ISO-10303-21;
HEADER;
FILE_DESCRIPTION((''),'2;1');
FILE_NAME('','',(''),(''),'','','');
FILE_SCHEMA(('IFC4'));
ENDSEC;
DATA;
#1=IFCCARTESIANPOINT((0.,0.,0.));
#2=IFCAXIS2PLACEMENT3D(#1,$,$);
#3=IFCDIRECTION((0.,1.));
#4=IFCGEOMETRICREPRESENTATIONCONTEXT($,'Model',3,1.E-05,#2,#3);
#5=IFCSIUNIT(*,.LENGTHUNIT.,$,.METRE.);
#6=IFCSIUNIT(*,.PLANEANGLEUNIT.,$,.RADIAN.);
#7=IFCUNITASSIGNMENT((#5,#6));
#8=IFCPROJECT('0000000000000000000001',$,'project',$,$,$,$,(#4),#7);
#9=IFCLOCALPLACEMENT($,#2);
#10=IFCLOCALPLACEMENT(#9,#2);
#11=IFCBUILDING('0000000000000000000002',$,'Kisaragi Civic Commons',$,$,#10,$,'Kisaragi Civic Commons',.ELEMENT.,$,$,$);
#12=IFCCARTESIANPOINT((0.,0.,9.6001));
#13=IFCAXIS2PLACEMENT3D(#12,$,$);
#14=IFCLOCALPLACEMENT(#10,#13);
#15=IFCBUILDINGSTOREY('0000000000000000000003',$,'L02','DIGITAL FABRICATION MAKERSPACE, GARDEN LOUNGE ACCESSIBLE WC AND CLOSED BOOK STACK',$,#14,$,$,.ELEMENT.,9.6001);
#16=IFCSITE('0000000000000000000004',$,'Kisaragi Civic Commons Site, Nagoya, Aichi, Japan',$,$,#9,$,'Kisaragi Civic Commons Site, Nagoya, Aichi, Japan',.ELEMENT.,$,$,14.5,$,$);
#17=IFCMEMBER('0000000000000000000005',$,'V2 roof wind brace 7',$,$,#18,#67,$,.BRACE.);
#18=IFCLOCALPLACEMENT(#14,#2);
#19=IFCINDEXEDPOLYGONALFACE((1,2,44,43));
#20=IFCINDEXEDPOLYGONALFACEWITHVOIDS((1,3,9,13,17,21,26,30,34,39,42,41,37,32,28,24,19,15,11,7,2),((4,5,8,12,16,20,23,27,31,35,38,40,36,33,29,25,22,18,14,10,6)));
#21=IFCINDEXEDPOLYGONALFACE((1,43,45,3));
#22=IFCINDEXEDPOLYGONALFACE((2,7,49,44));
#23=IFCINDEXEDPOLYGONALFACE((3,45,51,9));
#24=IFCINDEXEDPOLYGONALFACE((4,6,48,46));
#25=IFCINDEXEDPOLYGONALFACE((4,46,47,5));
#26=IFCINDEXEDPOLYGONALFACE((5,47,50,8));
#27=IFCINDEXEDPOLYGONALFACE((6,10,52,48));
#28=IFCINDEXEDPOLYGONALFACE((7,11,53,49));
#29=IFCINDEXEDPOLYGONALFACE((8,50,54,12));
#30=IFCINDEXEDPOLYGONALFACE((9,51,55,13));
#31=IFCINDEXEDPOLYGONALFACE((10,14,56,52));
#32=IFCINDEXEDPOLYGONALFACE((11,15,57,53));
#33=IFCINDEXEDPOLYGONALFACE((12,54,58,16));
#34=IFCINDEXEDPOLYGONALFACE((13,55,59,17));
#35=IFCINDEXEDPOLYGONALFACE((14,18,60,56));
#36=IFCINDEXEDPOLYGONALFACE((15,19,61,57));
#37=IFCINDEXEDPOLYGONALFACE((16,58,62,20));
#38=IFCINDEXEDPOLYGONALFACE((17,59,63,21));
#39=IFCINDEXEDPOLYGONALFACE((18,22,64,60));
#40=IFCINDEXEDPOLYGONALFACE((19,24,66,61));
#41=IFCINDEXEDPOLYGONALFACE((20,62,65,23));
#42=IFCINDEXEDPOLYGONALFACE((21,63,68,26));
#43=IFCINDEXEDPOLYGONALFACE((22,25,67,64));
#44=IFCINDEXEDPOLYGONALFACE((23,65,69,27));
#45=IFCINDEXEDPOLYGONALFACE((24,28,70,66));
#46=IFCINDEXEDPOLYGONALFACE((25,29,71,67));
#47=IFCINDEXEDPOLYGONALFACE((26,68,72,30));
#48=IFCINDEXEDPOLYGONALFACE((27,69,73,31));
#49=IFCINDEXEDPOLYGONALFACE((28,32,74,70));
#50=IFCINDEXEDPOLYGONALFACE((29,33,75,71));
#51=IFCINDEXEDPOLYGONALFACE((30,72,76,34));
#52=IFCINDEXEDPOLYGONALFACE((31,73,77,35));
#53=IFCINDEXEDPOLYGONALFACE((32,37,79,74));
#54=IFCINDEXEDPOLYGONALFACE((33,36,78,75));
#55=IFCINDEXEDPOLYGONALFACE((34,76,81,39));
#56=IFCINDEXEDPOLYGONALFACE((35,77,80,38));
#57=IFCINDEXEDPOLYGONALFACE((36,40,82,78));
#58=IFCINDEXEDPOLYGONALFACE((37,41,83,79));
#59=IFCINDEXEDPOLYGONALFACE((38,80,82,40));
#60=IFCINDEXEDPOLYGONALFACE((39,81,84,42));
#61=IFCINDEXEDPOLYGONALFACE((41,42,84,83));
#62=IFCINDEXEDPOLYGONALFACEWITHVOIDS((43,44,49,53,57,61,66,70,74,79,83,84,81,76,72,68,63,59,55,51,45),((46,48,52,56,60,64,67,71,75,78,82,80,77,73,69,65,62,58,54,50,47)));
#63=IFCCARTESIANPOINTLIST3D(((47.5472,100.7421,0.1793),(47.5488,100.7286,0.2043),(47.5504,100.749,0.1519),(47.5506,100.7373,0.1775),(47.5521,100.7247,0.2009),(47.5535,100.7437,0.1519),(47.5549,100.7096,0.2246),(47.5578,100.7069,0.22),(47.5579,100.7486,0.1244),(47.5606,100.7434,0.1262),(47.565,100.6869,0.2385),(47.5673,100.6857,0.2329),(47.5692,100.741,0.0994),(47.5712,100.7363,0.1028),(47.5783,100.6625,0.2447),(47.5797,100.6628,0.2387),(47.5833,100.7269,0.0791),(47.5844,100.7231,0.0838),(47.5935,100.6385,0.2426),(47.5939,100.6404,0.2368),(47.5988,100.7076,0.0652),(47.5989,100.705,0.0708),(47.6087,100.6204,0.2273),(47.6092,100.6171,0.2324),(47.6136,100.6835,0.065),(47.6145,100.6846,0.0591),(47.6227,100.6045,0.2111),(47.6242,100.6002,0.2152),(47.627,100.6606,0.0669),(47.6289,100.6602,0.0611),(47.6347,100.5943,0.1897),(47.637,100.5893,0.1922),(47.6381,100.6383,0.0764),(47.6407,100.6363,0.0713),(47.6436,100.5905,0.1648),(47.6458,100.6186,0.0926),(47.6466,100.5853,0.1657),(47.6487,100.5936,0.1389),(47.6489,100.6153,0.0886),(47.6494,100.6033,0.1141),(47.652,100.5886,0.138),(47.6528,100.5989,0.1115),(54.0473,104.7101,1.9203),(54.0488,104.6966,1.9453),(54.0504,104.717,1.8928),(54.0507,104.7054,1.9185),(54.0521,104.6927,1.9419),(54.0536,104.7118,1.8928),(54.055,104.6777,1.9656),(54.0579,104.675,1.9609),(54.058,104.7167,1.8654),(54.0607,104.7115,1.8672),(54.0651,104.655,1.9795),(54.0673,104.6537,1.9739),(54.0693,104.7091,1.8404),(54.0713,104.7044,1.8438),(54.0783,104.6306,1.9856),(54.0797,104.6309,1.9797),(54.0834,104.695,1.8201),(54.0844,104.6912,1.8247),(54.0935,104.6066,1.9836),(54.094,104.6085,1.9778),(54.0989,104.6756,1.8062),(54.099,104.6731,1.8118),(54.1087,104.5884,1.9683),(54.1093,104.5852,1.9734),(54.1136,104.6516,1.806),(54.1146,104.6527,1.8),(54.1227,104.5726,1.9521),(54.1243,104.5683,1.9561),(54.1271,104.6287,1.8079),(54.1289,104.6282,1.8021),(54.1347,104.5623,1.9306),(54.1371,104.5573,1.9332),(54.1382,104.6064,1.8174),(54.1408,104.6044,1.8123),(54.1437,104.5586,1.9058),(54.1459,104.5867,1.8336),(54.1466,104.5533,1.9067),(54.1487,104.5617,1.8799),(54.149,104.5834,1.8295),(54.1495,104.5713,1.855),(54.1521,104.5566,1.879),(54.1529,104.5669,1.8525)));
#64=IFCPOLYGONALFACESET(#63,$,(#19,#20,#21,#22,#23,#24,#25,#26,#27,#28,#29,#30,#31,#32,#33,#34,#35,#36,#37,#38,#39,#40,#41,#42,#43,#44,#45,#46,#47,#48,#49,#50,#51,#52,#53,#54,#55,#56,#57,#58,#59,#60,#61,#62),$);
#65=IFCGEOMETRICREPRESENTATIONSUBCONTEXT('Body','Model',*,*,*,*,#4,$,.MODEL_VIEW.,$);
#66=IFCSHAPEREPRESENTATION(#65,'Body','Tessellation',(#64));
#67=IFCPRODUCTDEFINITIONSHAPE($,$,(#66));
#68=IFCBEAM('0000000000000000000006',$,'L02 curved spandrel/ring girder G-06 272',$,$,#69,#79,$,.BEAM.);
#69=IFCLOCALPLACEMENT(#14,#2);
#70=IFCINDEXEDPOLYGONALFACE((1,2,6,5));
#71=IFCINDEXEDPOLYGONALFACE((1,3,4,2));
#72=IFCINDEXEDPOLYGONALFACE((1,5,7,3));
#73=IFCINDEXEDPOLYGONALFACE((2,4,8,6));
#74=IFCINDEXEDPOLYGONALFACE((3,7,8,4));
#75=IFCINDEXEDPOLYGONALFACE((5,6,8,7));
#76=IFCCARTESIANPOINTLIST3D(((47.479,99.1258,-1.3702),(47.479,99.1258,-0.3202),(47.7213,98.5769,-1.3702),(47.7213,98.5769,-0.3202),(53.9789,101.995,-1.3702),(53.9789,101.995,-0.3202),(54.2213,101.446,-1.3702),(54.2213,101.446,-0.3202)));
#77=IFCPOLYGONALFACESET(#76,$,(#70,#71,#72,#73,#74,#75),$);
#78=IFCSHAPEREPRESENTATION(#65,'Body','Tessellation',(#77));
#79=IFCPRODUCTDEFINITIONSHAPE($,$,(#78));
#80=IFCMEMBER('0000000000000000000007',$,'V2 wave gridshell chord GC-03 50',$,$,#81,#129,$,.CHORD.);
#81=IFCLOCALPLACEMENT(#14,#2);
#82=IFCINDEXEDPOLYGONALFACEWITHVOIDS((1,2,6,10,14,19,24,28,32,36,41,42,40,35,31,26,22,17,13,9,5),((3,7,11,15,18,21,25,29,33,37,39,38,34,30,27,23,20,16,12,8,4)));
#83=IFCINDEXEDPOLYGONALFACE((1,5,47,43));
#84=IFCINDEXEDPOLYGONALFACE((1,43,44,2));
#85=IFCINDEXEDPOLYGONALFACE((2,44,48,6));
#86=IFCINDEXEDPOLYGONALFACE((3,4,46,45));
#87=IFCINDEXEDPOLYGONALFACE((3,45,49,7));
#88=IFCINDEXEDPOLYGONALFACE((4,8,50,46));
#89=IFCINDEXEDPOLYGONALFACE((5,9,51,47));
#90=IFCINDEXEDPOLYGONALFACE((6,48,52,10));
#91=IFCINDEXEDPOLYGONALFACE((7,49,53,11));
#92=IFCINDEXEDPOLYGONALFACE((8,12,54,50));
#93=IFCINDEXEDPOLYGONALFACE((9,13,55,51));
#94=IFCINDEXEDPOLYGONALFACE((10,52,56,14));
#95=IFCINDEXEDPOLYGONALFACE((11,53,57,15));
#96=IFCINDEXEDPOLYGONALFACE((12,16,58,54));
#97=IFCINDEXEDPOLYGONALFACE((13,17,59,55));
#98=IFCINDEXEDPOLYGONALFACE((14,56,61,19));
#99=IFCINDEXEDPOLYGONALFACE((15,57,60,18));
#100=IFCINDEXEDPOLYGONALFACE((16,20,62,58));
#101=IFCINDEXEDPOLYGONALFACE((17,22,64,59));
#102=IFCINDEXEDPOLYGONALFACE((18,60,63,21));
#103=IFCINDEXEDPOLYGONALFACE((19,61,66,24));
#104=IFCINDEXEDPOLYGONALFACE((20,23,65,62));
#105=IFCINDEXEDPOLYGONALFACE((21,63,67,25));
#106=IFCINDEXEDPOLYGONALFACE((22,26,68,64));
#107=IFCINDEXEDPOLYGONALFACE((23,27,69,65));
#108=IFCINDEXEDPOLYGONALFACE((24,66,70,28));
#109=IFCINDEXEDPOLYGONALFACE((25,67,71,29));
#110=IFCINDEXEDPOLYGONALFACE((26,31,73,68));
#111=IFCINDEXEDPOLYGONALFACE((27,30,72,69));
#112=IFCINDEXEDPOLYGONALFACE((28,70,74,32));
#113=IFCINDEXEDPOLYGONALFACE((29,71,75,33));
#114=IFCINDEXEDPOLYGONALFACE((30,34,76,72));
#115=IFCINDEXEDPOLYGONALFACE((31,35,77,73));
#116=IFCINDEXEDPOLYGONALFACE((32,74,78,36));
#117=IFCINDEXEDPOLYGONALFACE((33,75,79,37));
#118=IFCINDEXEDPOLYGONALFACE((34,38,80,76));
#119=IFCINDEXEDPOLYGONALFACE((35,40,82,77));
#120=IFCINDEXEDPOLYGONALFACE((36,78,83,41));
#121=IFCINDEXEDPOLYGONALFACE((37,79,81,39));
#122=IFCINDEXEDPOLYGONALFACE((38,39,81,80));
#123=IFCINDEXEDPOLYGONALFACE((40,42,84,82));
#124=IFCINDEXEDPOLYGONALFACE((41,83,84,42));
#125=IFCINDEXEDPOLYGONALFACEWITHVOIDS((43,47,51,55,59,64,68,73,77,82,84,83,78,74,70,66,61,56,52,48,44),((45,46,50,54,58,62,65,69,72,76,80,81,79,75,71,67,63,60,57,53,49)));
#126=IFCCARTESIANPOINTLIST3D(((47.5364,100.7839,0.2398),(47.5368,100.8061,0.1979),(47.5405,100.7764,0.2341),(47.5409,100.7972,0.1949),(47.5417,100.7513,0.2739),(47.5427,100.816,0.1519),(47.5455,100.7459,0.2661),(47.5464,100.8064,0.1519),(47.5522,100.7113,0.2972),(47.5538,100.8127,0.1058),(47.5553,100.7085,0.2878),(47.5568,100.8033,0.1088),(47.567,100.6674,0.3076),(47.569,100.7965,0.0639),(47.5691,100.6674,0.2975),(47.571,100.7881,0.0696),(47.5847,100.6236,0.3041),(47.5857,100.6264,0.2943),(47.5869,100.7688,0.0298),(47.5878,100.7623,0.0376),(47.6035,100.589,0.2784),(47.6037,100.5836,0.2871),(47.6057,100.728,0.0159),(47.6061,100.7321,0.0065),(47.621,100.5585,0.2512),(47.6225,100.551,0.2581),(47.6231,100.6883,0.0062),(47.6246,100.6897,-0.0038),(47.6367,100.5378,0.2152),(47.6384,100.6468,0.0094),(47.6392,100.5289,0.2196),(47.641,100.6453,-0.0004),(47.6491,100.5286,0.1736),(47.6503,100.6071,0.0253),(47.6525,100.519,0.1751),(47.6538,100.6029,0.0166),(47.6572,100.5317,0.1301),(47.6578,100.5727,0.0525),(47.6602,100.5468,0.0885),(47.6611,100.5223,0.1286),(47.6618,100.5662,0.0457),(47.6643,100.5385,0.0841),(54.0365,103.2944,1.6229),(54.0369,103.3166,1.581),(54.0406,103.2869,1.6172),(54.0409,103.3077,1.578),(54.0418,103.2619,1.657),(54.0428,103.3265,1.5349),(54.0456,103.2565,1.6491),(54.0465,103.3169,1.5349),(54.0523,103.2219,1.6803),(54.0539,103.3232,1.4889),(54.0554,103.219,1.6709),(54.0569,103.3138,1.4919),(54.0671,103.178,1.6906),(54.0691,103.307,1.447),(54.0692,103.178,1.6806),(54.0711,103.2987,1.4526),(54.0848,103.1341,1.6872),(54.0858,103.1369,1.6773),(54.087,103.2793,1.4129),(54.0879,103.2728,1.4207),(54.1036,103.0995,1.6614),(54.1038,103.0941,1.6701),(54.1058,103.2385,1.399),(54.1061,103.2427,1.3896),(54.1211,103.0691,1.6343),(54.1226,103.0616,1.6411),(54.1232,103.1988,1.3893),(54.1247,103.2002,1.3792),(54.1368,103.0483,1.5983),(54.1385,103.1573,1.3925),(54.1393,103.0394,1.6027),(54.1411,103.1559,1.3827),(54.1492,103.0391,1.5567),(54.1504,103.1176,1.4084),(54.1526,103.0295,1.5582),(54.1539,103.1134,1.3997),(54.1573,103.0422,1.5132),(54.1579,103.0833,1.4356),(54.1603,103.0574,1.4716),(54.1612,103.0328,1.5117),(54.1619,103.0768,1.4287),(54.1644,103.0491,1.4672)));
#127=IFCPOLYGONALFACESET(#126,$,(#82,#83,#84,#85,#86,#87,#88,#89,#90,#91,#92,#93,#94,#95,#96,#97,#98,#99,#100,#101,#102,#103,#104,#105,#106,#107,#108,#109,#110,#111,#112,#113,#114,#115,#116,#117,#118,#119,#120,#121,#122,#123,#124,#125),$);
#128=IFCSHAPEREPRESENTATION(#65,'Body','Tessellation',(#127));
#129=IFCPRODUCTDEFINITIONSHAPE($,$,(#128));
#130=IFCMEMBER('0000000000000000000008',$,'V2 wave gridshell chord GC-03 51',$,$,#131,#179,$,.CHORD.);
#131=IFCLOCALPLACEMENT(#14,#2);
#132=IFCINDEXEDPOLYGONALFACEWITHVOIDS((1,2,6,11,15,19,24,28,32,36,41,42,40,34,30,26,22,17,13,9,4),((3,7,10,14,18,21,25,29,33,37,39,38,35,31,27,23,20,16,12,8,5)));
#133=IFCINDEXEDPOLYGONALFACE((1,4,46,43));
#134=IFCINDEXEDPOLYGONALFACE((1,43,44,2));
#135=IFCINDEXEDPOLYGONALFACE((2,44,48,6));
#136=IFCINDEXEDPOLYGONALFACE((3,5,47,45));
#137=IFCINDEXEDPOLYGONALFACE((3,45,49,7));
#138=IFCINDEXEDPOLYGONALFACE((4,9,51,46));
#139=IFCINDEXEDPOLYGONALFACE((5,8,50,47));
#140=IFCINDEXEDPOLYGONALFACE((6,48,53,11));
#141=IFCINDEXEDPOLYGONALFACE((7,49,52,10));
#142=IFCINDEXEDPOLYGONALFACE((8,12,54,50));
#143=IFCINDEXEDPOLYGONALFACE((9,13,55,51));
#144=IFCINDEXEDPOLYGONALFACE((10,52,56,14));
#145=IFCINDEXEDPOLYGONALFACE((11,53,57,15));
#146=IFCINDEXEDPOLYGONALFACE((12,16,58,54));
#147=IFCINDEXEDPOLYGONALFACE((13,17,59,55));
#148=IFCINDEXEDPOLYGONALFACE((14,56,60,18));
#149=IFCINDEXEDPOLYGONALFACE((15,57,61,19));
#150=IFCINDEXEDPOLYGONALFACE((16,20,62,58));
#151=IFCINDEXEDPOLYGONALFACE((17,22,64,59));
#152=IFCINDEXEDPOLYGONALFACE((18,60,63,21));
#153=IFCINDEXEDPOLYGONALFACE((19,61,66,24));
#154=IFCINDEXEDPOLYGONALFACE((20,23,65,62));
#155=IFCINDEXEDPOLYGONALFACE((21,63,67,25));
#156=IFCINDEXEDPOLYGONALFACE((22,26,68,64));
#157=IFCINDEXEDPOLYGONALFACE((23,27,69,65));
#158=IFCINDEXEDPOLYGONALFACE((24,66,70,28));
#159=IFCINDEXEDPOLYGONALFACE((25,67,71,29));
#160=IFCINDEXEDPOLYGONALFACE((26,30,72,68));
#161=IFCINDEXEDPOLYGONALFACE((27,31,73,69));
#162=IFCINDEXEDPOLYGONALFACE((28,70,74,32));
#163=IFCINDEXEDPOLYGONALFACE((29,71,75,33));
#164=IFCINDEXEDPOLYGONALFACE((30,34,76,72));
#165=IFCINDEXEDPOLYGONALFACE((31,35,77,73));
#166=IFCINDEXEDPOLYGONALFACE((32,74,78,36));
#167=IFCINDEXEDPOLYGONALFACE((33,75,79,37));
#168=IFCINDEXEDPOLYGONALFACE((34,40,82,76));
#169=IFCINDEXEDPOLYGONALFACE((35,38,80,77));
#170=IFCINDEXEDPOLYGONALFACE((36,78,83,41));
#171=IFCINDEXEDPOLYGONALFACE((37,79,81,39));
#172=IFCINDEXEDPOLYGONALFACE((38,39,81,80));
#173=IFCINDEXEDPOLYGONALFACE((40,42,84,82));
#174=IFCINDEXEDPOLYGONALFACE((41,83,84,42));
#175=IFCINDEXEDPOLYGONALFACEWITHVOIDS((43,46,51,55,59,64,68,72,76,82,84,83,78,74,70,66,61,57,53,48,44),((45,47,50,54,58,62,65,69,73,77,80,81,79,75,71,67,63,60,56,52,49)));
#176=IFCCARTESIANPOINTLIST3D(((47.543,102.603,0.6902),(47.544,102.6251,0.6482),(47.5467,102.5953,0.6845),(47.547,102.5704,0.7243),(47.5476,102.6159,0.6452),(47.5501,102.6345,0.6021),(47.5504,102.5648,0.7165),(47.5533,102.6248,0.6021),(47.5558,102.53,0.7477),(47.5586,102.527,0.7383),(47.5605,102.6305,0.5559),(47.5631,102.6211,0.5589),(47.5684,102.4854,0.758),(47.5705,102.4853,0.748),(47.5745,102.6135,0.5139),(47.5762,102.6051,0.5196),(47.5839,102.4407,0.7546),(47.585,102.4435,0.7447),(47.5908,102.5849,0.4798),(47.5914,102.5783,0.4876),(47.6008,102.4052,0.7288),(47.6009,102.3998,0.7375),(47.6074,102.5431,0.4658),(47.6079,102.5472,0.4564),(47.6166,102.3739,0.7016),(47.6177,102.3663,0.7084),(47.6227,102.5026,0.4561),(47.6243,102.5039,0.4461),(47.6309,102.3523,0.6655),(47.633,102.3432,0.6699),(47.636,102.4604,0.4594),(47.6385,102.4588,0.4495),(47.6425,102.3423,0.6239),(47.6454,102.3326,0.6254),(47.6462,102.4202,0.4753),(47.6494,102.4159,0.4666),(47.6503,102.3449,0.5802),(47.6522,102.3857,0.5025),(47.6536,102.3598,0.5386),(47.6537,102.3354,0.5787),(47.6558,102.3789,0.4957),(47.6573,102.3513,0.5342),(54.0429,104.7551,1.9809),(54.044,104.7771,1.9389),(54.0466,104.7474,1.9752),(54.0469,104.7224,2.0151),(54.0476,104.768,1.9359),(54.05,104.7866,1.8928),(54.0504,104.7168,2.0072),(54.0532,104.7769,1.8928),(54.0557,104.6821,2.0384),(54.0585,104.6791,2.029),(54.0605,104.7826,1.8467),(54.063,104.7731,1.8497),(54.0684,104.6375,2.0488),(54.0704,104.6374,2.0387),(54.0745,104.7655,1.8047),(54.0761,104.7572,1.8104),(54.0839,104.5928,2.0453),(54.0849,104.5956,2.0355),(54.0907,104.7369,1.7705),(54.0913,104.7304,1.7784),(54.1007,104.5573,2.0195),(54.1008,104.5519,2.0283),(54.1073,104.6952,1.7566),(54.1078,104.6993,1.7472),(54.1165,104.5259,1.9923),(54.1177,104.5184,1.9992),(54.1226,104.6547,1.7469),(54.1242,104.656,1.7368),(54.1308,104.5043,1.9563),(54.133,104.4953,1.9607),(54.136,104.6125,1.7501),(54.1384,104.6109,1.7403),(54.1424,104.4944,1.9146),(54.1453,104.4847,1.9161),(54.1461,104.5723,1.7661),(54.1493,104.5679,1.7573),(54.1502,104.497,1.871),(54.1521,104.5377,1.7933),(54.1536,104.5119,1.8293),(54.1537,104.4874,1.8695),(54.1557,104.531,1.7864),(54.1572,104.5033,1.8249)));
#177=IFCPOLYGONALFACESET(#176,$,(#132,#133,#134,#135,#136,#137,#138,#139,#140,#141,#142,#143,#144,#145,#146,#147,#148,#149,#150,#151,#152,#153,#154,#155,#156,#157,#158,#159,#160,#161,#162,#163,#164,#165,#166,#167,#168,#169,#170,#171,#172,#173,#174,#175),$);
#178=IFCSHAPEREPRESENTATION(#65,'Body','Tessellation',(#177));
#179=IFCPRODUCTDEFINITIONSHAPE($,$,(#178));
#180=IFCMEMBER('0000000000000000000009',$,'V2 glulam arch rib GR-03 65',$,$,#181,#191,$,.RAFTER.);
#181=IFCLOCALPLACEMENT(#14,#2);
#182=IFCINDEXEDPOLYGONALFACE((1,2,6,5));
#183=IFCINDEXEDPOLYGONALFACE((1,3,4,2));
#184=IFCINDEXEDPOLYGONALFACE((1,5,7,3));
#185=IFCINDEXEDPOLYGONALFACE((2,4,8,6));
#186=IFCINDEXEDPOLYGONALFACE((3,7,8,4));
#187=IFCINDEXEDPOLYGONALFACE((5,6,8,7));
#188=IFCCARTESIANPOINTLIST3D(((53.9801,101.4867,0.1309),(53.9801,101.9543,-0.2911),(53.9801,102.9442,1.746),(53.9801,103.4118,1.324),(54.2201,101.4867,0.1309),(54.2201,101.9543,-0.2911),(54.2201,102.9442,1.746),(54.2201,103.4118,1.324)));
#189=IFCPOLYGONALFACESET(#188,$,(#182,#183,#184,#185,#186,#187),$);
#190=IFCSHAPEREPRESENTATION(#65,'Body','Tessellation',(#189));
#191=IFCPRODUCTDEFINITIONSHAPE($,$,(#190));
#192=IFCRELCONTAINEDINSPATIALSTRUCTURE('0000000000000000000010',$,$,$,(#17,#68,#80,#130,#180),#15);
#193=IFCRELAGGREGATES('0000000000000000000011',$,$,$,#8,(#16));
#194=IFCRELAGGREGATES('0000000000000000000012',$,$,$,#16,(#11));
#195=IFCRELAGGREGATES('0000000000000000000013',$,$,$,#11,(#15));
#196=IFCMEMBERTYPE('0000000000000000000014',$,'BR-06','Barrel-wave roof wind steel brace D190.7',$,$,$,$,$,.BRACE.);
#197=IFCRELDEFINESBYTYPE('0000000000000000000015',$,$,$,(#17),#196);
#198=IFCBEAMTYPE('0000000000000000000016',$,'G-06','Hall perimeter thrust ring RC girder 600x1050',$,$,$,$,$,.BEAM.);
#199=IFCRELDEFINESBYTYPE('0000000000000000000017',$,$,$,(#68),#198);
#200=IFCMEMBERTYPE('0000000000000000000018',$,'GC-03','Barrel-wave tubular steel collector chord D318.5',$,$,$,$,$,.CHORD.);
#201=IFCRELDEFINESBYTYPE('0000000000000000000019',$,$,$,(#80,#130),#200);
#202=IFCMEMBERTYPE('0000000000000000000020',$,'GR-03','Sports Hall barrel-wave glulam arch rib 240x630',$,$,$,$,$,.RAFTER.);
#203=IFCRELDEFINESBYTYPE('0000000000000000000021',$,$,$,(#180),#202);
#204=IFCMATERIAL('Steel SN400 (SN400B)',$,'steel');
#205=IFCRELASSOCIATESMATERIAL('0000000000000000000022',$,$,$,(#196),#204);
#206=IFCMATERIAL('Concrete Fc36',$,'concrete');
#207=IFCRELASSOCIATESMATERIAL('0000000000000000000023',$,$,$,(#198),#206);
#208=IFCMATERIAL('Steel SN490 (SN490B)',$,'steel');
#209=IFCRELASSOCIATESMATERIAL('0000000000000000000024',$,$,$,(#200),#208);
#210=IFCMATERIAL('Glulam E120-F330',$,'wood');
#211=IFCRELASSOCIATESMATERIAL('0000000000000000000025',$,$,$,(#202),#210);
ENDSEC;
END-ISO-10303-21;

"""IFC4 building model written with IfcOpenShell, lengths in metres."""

from ifc_helpers import new_model, si_unit, direction, frame, origin, origin_2d, place, context, subcontext, project, spatial, rectangle, hollow_circle, extrude, material, material_profile, profile_set, type_object, element, save


model = new_model("IFC4")

# Units and contexts
model_context = context("Model", 3, precision=1e-05, world=origin(), true_north=direction((0.0, 1.0)))
body_context = subcontext(model_context, "Body", "Model", "MODEL_VIEW")
ifc_project = project(units=[si_unit("LENGTHUNIT", "METRE"), si_unit("PLANEANGLEUNIT", "RADIAN")], contexts=[model_context])

# Site, building, storey
site_placement = place(None, origin())
site = spatial("IfcSite", under=ifc_project, at=site_placement, Name="Kisaragi Civic Commons Site, Nagoya, Aichi, Japan", LongName="Kisaragi Civic Commons Site, Nagoya, Aichi, Japan", CompositionType="ELEMENT", RefElevation=14.5)
building_placement = place(site_placement, origin())
building = spatial("IfcBuilding", under=site, at=building_placement, Name="Kisaragi Civic Commons", LongName="Kisaragi Civic Commons", CompositionType="ELEMENT")
storey_placement = place(building_placement, frame((0.0, 0.0, 9.6001)))
storey = spatial("IfcBuildingStorey", under=building, at=storey_placement, Name="L02", Description="DIGITAL FABRICATION MAKERSPACE, GARDEN LOUNGE ACCESSIBLE WC AND CLOSED BOOK STACK", CompositionType="ELEMENT", Elevation=9.6001)

# Member
ifc_material_1 = material(Name="Steel SN400 (SN400B)", Category="steel")
ifc_material_profile_1 = material_profile(ifc_material_1, hollow_circle(Radius=0.0955, WallThickness=0.0061, at=origin_2d()), Name="CHS-190.7x6.0", Category="steel")
ifc_profile_set_1 = profile_set([ifc_material_profile_1], Name="Steel SN400 (SN400B)")
member_type_1 = type_object("IfcMemberType", Name="BR-06", Description="Barrel-wave roof wind steel brace D190.7", PredefinedType="BRACE", material=ifc_profile_set_1)
member_1_placement = place(storey_placement, frame((47.6001, 100.6675, 0.1519), z_axis=(0.832062, 0.507944, 0.22286), x_axis=(-0.521048, 0.853527, 0.0)))
element("IfcMember", 1, at=member_1_placement, inside=storey, type_object=member_type_1, Name="V2 roof wind brace 7", PredefinedType="BRACE", context=body_context, shape_type="SweptSolid", body=[
    extrude(hollow_circle(Radius=0.0955, WallThickness=0.0061, at=origin_2d()), origin(), (0.0, 0.0, 1.0), 7.812),
])

# Beam
ifc_material_2 = material(Name="Concrete Fc36", Category="concrete")
ifc_material_profile_2 = material_profile(ifc_material_2, rectangle(XDim=0.6001, YDim=1.05, at=origin_2d()), Name="RC-600x1050", Category="concrete")
ifc_profile_set_2 = profile_set([ifc_material_profile_2], Name="Concrete Fc36")
beam_type = type_object("IfcBeamType", Name="G-06", Description="Hall perimeter thrust ring RC girder 600x1050", PredefinedType="BEAM", material=ifc_profile_set_2)
beam_placement = place(storey_placement, frame((54.1001, 101.7205, -0.8452), z_axis=(-0.91484, -0.403816, 0.0), x_axis=(0.403816, -0.91484, 0.0)))
element("IfcBeam", 2, at=beam_placement, inside=storey, type_object=beam_type, Name="L02 curved spandrel/ring girder G-06 272", PredefinedType="BEAM", context=body_context, shape_type="SweptSolid", body=[
    extrude(rectangle(XDim=0.6001, YDim=1.05, at=origin_2d()), origin(), (0.0, 0.0, 1.0), 7.105),
])

# Members
ifc_material_3 = material(Name="Steel SN490 (SN490B)", Category="steel")
ifc_material_profile_3 = material_profile(ifc_material_3, hollow_circle(Radius=0.1592, WallThickness=0.0103, at=origin_2d()), Name="CHS-318.5x10.3", Category="steel")
ifc_profile_set_3 = profile_set([ifc_material_profile_3], Name="Steel SN490 (SN490B)")
member_type_2 = type_object("IfcMemberType", Name="GC-03", Description="Barrel-wave tubular steel collector chord D318.5", PredefinedType="CHORD", material=ifc_profile_set_3)
member_2_placement = place(storey_placement, frame((47.6001, 100.6675, 0.1519), z_axis=(0.91499, 0.353397, 0.19469), x_axis=(-0.360291, 0.93284, 0.0)))
element("IfcMember", 3, at=member_2_placement, inside=storey, type_object=member_type_2, Name="V2 wave gridshell chord GC-03 50", PredefinedType="CHORD", context=body_context, shape_type="SweptSolid", body=[
    extrude(hollow_circle(Radius=0.1592, WallThickness=0.0103, at=origin_2d()), origin(), (0.0, 0.0, 1.0), 7.104),
])
member_3_placement = place(storey_placement, frame((47.6001, 102.4834, 0.6021), z_axis=(0.932888, 0.308872, 0.185253), x_axis=(-0.314312, 0.94932, 0.0)))
element("IfcMember", 4, at=member_3_placement, inside=storey, type_object=member_type_2, Name="V2 wave gridshell chord GC-03 51", PredefinedType="CHORD", context=body_context, shape_type="SweptSolid", body=[
    extrude(hollow_circle(Radius=0.1592, WallThickness=0.0103, at=origin_2d()), origin(), (0.0, 0.0, 1.0), 6.9675),
])
ifc_material_4 = material(Name="Glulam E120-F330", Category="wood")
ifc_material_profile_4 = material_profile(ifc_material_4, rectangle(XDim=0.24, YDim=0.6299, at=origin_2d()), Name="GL-240x630", Category="wood")
ifc_profile_set_4 = profile_set([ifc_material_profile_4], Name="Glulam E120-F330")
member_type_3 = type_object("IfcMemberType", Name="GR-03", Description="Sports Hall barrel-wave glulam arch rib 240x630", PredefinedType="RAFTER", material=ifc_profile_set_4)
member_4_placement = place(storey_placement, frame((54.1001, 101.7205, -0.0801), z_axis=(0.0, 0.669987, 0.742373), x_axis=(-1.0, 0.0, 0.0)))
element("IfcMember", 5, at=member_4_placement, inside=storey, type_object=member_type_3, Name="V2 glulam arch rib GR-03 65", PredefinedType="RAFTER", context=body_context, shape_type="SweptSolid", body=[
    extrude(rectangle(XDim=0.24, YDim=0.6299, at=origin_2d()), origin(), (0.0, 0.0, 1.0), 2.1755),
])

save(model, "model.ifc")
